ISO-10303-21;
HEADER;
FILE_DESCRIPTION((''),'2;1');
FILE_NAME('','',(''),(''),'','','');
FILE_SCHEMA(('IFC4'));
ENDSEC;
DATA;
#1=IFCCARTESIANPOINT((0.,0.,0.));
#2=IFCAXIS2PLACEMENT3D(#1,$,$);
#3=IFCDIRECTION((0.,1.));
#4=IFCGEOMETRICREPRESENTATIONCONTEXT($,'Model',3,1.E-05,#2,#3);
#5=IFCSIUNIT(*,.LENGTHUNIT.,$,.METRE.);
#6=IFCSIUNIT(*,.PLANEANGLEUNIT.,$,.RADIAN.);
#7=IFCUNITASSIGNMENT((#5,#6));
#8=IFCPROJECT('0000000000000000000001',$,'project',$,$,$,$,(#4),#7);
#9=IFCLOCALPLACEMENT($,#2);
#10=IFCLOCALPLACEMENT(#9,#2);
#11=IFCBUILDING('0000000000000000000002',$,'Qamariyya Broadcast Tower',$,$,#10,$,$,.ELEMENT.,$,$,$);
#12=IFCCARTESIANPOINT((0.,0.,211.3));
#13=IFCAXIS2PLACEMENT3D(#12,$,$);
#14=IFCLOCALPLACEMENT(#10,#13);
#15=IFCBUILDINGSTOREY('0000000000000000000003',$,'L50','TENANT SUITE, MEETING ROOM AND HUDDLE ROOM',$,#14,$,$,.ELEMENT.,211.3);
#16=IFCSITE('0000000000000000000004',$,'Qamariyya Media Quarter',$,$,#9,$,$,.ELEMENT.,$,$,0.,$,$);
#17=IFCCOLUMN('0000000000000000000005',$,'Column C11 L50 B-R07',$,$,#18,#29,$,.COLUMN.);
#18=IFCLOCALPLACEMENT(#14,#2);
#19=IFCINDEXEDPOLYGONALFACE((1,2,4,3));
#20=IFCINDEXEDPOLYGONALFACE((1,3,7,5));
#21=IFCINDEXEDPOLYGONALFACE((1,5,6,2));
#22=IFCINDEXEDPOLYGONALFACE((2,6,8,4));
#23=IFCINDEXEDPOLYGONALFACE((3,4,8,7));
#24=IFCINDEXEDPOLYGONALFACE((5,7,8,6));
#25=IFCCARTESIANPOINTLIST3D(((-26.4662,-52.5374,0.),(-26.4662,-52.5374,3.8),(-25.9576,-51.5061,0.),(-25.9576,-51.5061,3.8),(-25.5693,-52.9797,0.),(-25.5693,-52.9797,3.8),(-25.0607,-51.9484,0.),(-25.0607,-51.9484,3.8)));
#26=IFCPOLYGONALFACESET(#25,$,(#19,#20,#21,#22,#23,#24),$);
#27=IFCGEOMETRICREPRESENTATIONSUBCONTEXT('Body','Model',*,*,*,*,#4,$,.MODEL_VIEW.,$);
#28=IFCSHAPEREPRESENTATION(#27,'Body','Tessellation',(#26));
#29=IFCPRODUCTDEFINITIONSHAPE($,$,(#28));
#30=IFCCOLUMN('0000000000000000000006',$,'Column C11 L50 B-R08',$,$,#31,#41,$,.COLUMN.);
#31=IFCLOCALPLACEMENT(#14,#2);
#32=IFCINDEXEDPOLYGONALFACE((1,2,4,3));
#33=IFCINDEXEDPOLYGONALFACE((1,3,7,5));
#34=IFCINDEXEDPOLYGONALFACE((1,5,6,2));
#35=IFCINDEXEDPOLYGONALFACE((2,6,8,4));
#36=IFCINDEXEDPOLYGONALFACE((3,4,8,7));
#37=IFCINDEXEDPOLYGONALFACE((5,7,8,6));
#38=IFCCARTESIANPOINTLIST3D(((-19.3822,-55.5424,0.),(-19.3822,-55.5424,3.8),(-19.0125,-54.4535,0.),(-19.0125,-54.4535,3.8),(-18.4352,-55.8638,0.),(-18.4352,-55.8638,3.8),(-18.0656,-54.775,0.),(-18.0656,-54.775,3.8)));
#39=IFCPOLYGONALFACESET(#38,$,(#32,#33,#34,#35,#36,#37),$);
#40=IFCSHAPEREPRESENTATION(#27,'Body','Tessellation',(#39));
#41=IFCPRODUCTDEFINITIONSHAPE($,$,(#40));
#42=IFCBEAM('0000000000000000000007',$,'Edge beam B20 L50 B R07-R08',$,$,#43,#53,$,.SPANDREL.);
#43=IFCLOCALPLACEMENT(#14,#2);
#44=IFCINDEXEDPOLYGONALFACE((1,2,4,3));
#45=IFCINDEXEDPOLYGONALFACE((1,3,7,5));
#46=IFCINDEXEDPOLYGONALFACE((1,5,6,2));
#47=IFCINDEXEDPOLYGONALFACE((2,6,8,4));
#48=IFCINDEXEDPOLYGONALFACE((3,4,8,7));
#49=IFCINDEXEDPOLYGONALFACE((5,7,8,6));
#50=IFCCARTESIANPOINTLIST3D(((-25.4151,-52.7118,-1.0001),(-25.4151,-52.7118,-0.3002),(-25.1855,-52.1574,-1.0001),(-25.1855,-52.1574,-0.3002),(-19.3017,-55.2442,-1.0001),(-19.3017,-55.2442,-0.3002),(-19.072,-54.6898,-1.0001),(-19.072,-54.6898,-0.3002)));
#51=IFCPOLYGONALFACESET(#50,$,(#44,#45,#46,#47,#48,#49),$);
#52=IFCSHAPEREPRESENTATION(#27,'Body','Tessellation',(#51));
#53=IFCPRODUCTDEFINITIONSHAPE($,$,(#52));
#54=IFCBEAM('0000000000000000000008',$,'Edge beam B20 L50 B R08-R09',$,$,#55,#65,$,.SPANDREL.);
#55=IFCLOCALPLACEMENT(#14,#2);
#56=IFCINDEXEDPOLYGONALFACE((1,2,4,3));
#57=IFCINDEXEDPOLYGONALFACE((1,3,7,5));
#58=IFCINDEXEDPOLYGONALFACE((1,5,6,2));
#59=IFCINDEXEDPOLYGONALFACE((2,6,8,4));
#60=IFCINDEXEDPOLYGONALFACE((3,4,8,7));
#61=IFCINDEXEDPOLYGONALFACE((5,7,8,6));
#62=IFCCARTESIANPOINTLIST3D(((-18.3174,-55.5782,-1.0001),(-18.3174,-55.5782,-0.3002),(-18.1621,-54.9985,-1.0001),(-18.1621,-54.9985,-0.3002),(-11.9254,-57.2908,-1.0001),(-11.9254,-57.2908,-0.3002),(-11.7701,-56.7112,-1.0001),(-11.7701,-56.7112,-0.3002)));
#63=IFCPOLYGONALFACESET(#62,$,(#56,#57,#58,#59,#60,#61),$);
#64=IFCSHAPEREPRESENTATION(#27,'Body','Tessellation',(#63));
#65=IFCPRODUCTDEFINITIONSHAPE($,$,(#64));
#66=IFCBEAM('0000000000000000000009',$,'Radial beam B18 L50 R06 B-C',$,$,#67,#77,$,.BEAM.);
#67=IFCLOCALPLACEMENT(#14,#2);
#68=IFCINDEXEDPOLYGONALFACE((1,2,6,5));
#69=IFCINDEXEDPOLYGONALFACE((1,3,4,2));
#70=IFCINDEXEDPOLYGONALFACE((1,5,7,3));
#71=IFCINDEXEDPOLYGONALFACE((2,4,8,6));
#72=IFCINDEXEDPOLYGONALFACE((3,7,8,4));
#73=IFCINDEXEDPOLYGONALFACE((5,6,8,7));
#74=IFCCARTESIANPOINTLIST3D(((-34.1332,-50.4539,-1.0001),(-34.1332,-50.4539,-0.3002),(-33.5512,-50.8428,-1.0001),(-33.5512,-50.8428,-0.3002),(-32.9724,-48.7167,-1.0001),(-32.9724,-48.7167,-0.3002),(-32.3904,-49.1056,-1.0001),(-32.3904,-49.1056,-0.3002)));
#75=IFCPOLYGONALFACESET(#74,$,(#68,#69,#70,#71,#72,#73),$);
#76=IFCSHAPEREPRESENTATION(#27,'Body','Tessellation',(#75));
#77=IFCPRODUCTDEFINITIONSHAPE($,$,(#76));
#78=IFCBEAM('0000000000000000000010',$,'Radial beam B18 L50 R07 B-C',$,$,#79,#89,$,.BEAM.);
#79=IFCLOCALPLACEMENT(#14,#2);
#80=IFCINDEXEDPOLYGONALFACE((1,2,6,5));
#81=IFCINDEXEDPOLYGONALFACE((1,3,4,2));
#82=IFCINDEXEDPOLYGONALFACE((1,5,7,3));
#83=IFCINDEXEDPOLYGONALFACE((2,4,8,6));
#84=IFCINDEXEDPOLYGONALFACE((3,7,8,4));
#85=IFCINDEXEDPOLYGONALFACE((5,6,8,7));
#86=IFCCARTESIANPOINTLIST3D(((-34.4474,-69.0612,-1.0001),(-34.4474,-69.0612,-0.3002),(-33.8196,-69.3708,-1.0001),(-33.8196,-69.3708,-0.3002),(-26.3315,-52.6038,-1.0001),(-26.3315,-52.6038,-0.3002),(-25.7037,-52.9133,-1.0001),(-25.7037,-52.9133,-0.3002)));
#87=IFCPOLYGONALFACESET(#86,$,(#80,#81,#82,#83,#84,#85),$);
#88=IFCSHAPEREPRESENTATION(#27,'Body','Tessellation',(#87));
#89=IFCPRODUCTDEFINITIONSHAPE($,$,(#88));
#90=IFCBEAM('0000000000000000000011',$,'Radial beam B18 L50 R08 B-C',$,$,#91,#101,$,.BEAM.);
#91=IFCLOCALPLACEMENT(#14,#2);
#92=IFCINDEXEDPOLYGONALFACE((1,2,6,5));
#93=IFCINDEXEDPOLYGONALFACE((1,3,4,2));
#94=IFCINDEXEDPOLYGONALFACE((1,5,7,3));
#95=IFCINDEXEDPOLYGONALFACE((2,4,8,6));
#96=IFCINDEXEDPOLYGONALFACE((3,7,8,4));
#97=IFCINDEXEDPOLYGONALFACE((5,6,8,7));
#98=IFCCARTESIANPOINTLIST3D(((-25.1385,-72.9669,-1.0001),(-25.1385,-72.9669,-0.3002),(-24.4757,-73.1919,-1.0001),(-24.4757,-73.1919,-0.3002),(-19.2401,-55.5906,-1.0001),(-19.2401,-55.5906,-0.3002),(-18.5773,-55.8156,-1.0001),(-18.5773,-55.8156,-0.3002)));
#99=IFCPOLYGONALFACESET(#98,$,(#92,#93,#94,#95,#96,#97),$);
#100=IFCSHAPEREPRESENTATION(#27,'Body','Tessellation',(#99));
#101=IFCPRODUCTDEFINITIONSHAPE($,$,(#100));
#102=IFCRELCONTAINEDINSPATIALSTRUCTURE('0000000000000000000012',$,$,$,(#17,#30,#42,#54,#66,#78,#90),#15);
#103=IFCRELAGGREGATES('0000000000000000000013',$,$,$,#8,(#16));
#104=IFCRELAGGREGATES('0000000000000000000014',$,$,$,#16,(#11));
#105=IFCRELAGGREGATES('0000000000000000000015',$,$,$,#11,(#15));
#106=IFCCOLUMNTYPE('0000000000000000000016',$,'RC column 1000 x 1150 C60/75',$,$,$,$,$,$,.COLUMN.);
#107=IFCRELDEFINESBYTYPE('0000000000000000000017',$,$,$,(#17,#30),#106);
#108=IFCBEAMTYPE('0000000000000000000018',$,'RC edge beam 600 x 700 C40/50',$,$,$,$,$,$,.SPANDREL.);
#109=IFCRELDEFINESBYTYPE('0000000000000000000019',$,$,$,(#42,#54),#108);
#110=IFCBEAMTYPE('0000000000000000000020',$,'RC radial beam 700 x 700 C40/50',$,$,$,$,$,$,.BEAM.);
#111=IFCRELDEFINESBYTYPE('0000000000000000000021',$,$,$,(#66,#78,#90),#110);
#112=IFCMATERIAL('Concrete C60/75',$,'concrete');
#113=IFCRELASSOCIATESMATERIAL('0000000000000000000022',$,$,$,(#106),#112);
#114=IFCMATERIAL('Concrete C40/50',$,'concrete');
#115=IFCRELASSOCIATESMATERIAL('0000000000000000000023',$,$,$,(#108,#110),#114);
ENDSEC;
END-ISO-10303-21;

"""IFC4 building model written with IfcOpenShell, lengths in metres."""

from ifc_helpers import new_model, si_unit, direction, frame, origin, origin_2d, place, context, subcontext, project, spatial, rectangle, extrude, material, material_profile, profile_set, type_object, element, save


model = new_model("IFC4")

# Units and contexts
model_context = context("Model", 3, precision=1e-05, world=origin(), true_north=direction((0.0, 1.0)))
body_context = subcontext(model_context, "Body", "Model", "MODEL_VIEW")
ifc_project = project(units=[si_unit("LENGTHUNIT", "METRE"), si_unit("PLANEANGLEUNIT", "RADIAN")], contexts=[model_context])

# Site, building, storey
site_placement = place(None, origin())
site = spatial("IfcSite", under=ifc_project, at=site_placement, Name="Qamariyya Media Quarter", CompositionType="ELEMENT", RefElevation=0.0)
building_placement = place(site_placement, origin())
building = spatial("IfcBuilding", under=site, at=building_placement, Name="Qamariyya Broadcast Tower", CompositionType="ELEMENT")
storey_placement = place(building_placement, frame((0.0, 0.0, 211.3)))
storey = spatial("IfcBuildingStorey", under=building, at=storey_placement, Name="L50", Description="TENANT SUITE, MEETING ROOM AND HUDDLE ROOM", CompositionType="ELEMENT", Elevation=211.3)

# Columns
ifc_material_1 = material(Name="Concrete C60/75", Category="concrete")
ifc_material_profile_1 = material_profile(ifc_material_1, rectangle(XDim=1.0, YDim=1.1499, at=origin_2d()))
ifc_profile_set_1 = profile_set([ifc_material_profile_1], Name="Concrete C60/75")
column_type = type_object("IfcColumnType", Name="RC column 1000 x 1150 C60/75", PredefinedType="COLUMN", material=ifc_profile_set_1)
for number, where, z_axis, x_axis, name in (
    (1, (-25.7634, -52.2429, 0.0), (0.0, 0.0, 1.0), (0.896873, -0.442289, 0.0), "Column C11 L50 B-R07"),
    (2, (-18.7239, -55.1587, 0.0), (0.0, 0.0, 1.0), (0.94693, -0.321439, 0.0), "Column C11 L50 B-R08"),
):
    element("IfcColumn", number, at=place(storey_placement, frame(where, z_axis=z_axis, x_axis=x_axis)), inside=storey, type_object=column_type, Name=name, PredefinedType="COLUMN", context=body_context, shape_type="SweptSolid", body=[
        extrude(rectangle(XDim=1.0, YDim=1.1499, at=origin_2d()), origin(), (0.0, 0.0, 1.0), 3.8),
    ])

# Beams
ifc_material_2 = material(Name="Concrete C40/50", Category="concrete")
ifc_material_profile_2 = material_profile(ifc_material_2, rectangle(XDim=0.6001, YDim=0.7, at=origin_2d()))
ifc_profile_set_2 = profile_set([ifc_material_profile_2], Name="Concrete C40/50")
beam_type_1 = type_object("IfcBeamType", Name="RC edge beam 600 x 700 C40/50", PredefinedType="SPANDREL", material=ifc_profile_set_2)
beam_1_placement = place(storey_placement, frame((-25.3003, -52.4346, -0.6501), z_axis=(0.923871, -0.382705, 0.0), x_axis=(0.382705, 0.923871, 0.0)))
element("IfcBeam", 3, at=beam_1_placement, inside=storey, type_object=beam_type_1, Name="Edge beam B20 L50 B R07-R08", PredefinedType="SPANDREL", context=body_context, shape_type="SweptSolid", body=[
    extrude(rectangle(XDim=0.6001, YDim=0.7, at=origin_2d()), origin(), (0.0, 0.0, 1.0), 6.6172),
])
beam_2_placement = place(storey_placement, frame((-18.2397, -55.2883, -0.6501), z_axis=(0.965927, -0.258813, 0.0), x_axis=(0.258813, 0.965927, 0.0)))
element("IfcBeam", 4, at=beam_2_placement, inside=storey, type_object=beam_type_1, Name="Edge beam B20 L50 B R08-R09", PredefinedType="SPANDREL", context=body_context, shape_type="SweptSolid", body=[
    extrude(rectangle(XDim=0.6001, YDim=0.7, at=origin_2d()), origin(), (0.0, 0.0, 1.0), 6.6174),
])
ifc_material_profile_3 = material_profile(ifc_material_2, rectangle(XDim=0.7, YDim=0.7, at=origin_2d()))
ifc_profile_set_3 = profile_set([ifc_material_profile_3], Name="Concrete C40/50")
beam_type_2 = type_object("IfcBeamType", Name="RC radial beam 700 x 700 C40/50", PredefinedType="BEAM", material=ifc_profile_set_3)
beam_3_placement = place(storey_placement, frame((-32.6814, -48.9111, -0.6501), z_axis=(-0.55559, -0.831457, 0.0), x_axis=(0.831457, -0.55559, 0.0)))
element("IfcBeam", 5, at=beam_3_placement, inside=storey, type_object=beam_type_2, Name="Radial beam B18 L50 R06 B-C", PredefinedType="BEAM", context=body_context, shape_type="SweptSolid", body=[
    extrude(rectangle(XDim=0.7, YDim=0.7, at=origin_2d()), origin(), (0.0, 0.0, 1.0), 2.0894),
])
beam_4_placement = place(storey_placement, frame((-26.0176, -52.7585, -0.6501), z_axis=(-0.442289, -0.896872, 0.0), x_axis=(0.896872, -0.442289, 0.0)))
element("IfcBeam", 6, at=beam_4_placement, inside=storey, type_object=beam_type_2, Name="Radial beam B18 L50 R07 B-C", PredefinedType="BEAM", context=body_context, shape_type="SweptSolid", body=[
    extrude(rectangle(XDim=0.7, YDim=0.7, at=origin_2d()), origin(), (0.0, 0.0, 1.0), 18.3499),
])
beam_5_placement = place(storey_placement, frame((-18.9087, -55.7031, -0.6501), z_axis=(-0.32144, -0.94693, 0.0), x_axis=(0.94693, -0.32144, 0.0)))
element("IfcBeam", 7, at=beam_5_placement, inside=storey, type_object=beam_type_2, Name="Radial beam B18 L50 R08 B-C", PredefinedType="BEAM", context=body_context, shape_type="SweptSolid", body=[
    extrude(rectangle(XDim=0.7, YDim=0.7, at=origin_2d()), origin(), (0.0, 0.0, 1.0), 18.3501),
])

save(model, "model.ifc")
